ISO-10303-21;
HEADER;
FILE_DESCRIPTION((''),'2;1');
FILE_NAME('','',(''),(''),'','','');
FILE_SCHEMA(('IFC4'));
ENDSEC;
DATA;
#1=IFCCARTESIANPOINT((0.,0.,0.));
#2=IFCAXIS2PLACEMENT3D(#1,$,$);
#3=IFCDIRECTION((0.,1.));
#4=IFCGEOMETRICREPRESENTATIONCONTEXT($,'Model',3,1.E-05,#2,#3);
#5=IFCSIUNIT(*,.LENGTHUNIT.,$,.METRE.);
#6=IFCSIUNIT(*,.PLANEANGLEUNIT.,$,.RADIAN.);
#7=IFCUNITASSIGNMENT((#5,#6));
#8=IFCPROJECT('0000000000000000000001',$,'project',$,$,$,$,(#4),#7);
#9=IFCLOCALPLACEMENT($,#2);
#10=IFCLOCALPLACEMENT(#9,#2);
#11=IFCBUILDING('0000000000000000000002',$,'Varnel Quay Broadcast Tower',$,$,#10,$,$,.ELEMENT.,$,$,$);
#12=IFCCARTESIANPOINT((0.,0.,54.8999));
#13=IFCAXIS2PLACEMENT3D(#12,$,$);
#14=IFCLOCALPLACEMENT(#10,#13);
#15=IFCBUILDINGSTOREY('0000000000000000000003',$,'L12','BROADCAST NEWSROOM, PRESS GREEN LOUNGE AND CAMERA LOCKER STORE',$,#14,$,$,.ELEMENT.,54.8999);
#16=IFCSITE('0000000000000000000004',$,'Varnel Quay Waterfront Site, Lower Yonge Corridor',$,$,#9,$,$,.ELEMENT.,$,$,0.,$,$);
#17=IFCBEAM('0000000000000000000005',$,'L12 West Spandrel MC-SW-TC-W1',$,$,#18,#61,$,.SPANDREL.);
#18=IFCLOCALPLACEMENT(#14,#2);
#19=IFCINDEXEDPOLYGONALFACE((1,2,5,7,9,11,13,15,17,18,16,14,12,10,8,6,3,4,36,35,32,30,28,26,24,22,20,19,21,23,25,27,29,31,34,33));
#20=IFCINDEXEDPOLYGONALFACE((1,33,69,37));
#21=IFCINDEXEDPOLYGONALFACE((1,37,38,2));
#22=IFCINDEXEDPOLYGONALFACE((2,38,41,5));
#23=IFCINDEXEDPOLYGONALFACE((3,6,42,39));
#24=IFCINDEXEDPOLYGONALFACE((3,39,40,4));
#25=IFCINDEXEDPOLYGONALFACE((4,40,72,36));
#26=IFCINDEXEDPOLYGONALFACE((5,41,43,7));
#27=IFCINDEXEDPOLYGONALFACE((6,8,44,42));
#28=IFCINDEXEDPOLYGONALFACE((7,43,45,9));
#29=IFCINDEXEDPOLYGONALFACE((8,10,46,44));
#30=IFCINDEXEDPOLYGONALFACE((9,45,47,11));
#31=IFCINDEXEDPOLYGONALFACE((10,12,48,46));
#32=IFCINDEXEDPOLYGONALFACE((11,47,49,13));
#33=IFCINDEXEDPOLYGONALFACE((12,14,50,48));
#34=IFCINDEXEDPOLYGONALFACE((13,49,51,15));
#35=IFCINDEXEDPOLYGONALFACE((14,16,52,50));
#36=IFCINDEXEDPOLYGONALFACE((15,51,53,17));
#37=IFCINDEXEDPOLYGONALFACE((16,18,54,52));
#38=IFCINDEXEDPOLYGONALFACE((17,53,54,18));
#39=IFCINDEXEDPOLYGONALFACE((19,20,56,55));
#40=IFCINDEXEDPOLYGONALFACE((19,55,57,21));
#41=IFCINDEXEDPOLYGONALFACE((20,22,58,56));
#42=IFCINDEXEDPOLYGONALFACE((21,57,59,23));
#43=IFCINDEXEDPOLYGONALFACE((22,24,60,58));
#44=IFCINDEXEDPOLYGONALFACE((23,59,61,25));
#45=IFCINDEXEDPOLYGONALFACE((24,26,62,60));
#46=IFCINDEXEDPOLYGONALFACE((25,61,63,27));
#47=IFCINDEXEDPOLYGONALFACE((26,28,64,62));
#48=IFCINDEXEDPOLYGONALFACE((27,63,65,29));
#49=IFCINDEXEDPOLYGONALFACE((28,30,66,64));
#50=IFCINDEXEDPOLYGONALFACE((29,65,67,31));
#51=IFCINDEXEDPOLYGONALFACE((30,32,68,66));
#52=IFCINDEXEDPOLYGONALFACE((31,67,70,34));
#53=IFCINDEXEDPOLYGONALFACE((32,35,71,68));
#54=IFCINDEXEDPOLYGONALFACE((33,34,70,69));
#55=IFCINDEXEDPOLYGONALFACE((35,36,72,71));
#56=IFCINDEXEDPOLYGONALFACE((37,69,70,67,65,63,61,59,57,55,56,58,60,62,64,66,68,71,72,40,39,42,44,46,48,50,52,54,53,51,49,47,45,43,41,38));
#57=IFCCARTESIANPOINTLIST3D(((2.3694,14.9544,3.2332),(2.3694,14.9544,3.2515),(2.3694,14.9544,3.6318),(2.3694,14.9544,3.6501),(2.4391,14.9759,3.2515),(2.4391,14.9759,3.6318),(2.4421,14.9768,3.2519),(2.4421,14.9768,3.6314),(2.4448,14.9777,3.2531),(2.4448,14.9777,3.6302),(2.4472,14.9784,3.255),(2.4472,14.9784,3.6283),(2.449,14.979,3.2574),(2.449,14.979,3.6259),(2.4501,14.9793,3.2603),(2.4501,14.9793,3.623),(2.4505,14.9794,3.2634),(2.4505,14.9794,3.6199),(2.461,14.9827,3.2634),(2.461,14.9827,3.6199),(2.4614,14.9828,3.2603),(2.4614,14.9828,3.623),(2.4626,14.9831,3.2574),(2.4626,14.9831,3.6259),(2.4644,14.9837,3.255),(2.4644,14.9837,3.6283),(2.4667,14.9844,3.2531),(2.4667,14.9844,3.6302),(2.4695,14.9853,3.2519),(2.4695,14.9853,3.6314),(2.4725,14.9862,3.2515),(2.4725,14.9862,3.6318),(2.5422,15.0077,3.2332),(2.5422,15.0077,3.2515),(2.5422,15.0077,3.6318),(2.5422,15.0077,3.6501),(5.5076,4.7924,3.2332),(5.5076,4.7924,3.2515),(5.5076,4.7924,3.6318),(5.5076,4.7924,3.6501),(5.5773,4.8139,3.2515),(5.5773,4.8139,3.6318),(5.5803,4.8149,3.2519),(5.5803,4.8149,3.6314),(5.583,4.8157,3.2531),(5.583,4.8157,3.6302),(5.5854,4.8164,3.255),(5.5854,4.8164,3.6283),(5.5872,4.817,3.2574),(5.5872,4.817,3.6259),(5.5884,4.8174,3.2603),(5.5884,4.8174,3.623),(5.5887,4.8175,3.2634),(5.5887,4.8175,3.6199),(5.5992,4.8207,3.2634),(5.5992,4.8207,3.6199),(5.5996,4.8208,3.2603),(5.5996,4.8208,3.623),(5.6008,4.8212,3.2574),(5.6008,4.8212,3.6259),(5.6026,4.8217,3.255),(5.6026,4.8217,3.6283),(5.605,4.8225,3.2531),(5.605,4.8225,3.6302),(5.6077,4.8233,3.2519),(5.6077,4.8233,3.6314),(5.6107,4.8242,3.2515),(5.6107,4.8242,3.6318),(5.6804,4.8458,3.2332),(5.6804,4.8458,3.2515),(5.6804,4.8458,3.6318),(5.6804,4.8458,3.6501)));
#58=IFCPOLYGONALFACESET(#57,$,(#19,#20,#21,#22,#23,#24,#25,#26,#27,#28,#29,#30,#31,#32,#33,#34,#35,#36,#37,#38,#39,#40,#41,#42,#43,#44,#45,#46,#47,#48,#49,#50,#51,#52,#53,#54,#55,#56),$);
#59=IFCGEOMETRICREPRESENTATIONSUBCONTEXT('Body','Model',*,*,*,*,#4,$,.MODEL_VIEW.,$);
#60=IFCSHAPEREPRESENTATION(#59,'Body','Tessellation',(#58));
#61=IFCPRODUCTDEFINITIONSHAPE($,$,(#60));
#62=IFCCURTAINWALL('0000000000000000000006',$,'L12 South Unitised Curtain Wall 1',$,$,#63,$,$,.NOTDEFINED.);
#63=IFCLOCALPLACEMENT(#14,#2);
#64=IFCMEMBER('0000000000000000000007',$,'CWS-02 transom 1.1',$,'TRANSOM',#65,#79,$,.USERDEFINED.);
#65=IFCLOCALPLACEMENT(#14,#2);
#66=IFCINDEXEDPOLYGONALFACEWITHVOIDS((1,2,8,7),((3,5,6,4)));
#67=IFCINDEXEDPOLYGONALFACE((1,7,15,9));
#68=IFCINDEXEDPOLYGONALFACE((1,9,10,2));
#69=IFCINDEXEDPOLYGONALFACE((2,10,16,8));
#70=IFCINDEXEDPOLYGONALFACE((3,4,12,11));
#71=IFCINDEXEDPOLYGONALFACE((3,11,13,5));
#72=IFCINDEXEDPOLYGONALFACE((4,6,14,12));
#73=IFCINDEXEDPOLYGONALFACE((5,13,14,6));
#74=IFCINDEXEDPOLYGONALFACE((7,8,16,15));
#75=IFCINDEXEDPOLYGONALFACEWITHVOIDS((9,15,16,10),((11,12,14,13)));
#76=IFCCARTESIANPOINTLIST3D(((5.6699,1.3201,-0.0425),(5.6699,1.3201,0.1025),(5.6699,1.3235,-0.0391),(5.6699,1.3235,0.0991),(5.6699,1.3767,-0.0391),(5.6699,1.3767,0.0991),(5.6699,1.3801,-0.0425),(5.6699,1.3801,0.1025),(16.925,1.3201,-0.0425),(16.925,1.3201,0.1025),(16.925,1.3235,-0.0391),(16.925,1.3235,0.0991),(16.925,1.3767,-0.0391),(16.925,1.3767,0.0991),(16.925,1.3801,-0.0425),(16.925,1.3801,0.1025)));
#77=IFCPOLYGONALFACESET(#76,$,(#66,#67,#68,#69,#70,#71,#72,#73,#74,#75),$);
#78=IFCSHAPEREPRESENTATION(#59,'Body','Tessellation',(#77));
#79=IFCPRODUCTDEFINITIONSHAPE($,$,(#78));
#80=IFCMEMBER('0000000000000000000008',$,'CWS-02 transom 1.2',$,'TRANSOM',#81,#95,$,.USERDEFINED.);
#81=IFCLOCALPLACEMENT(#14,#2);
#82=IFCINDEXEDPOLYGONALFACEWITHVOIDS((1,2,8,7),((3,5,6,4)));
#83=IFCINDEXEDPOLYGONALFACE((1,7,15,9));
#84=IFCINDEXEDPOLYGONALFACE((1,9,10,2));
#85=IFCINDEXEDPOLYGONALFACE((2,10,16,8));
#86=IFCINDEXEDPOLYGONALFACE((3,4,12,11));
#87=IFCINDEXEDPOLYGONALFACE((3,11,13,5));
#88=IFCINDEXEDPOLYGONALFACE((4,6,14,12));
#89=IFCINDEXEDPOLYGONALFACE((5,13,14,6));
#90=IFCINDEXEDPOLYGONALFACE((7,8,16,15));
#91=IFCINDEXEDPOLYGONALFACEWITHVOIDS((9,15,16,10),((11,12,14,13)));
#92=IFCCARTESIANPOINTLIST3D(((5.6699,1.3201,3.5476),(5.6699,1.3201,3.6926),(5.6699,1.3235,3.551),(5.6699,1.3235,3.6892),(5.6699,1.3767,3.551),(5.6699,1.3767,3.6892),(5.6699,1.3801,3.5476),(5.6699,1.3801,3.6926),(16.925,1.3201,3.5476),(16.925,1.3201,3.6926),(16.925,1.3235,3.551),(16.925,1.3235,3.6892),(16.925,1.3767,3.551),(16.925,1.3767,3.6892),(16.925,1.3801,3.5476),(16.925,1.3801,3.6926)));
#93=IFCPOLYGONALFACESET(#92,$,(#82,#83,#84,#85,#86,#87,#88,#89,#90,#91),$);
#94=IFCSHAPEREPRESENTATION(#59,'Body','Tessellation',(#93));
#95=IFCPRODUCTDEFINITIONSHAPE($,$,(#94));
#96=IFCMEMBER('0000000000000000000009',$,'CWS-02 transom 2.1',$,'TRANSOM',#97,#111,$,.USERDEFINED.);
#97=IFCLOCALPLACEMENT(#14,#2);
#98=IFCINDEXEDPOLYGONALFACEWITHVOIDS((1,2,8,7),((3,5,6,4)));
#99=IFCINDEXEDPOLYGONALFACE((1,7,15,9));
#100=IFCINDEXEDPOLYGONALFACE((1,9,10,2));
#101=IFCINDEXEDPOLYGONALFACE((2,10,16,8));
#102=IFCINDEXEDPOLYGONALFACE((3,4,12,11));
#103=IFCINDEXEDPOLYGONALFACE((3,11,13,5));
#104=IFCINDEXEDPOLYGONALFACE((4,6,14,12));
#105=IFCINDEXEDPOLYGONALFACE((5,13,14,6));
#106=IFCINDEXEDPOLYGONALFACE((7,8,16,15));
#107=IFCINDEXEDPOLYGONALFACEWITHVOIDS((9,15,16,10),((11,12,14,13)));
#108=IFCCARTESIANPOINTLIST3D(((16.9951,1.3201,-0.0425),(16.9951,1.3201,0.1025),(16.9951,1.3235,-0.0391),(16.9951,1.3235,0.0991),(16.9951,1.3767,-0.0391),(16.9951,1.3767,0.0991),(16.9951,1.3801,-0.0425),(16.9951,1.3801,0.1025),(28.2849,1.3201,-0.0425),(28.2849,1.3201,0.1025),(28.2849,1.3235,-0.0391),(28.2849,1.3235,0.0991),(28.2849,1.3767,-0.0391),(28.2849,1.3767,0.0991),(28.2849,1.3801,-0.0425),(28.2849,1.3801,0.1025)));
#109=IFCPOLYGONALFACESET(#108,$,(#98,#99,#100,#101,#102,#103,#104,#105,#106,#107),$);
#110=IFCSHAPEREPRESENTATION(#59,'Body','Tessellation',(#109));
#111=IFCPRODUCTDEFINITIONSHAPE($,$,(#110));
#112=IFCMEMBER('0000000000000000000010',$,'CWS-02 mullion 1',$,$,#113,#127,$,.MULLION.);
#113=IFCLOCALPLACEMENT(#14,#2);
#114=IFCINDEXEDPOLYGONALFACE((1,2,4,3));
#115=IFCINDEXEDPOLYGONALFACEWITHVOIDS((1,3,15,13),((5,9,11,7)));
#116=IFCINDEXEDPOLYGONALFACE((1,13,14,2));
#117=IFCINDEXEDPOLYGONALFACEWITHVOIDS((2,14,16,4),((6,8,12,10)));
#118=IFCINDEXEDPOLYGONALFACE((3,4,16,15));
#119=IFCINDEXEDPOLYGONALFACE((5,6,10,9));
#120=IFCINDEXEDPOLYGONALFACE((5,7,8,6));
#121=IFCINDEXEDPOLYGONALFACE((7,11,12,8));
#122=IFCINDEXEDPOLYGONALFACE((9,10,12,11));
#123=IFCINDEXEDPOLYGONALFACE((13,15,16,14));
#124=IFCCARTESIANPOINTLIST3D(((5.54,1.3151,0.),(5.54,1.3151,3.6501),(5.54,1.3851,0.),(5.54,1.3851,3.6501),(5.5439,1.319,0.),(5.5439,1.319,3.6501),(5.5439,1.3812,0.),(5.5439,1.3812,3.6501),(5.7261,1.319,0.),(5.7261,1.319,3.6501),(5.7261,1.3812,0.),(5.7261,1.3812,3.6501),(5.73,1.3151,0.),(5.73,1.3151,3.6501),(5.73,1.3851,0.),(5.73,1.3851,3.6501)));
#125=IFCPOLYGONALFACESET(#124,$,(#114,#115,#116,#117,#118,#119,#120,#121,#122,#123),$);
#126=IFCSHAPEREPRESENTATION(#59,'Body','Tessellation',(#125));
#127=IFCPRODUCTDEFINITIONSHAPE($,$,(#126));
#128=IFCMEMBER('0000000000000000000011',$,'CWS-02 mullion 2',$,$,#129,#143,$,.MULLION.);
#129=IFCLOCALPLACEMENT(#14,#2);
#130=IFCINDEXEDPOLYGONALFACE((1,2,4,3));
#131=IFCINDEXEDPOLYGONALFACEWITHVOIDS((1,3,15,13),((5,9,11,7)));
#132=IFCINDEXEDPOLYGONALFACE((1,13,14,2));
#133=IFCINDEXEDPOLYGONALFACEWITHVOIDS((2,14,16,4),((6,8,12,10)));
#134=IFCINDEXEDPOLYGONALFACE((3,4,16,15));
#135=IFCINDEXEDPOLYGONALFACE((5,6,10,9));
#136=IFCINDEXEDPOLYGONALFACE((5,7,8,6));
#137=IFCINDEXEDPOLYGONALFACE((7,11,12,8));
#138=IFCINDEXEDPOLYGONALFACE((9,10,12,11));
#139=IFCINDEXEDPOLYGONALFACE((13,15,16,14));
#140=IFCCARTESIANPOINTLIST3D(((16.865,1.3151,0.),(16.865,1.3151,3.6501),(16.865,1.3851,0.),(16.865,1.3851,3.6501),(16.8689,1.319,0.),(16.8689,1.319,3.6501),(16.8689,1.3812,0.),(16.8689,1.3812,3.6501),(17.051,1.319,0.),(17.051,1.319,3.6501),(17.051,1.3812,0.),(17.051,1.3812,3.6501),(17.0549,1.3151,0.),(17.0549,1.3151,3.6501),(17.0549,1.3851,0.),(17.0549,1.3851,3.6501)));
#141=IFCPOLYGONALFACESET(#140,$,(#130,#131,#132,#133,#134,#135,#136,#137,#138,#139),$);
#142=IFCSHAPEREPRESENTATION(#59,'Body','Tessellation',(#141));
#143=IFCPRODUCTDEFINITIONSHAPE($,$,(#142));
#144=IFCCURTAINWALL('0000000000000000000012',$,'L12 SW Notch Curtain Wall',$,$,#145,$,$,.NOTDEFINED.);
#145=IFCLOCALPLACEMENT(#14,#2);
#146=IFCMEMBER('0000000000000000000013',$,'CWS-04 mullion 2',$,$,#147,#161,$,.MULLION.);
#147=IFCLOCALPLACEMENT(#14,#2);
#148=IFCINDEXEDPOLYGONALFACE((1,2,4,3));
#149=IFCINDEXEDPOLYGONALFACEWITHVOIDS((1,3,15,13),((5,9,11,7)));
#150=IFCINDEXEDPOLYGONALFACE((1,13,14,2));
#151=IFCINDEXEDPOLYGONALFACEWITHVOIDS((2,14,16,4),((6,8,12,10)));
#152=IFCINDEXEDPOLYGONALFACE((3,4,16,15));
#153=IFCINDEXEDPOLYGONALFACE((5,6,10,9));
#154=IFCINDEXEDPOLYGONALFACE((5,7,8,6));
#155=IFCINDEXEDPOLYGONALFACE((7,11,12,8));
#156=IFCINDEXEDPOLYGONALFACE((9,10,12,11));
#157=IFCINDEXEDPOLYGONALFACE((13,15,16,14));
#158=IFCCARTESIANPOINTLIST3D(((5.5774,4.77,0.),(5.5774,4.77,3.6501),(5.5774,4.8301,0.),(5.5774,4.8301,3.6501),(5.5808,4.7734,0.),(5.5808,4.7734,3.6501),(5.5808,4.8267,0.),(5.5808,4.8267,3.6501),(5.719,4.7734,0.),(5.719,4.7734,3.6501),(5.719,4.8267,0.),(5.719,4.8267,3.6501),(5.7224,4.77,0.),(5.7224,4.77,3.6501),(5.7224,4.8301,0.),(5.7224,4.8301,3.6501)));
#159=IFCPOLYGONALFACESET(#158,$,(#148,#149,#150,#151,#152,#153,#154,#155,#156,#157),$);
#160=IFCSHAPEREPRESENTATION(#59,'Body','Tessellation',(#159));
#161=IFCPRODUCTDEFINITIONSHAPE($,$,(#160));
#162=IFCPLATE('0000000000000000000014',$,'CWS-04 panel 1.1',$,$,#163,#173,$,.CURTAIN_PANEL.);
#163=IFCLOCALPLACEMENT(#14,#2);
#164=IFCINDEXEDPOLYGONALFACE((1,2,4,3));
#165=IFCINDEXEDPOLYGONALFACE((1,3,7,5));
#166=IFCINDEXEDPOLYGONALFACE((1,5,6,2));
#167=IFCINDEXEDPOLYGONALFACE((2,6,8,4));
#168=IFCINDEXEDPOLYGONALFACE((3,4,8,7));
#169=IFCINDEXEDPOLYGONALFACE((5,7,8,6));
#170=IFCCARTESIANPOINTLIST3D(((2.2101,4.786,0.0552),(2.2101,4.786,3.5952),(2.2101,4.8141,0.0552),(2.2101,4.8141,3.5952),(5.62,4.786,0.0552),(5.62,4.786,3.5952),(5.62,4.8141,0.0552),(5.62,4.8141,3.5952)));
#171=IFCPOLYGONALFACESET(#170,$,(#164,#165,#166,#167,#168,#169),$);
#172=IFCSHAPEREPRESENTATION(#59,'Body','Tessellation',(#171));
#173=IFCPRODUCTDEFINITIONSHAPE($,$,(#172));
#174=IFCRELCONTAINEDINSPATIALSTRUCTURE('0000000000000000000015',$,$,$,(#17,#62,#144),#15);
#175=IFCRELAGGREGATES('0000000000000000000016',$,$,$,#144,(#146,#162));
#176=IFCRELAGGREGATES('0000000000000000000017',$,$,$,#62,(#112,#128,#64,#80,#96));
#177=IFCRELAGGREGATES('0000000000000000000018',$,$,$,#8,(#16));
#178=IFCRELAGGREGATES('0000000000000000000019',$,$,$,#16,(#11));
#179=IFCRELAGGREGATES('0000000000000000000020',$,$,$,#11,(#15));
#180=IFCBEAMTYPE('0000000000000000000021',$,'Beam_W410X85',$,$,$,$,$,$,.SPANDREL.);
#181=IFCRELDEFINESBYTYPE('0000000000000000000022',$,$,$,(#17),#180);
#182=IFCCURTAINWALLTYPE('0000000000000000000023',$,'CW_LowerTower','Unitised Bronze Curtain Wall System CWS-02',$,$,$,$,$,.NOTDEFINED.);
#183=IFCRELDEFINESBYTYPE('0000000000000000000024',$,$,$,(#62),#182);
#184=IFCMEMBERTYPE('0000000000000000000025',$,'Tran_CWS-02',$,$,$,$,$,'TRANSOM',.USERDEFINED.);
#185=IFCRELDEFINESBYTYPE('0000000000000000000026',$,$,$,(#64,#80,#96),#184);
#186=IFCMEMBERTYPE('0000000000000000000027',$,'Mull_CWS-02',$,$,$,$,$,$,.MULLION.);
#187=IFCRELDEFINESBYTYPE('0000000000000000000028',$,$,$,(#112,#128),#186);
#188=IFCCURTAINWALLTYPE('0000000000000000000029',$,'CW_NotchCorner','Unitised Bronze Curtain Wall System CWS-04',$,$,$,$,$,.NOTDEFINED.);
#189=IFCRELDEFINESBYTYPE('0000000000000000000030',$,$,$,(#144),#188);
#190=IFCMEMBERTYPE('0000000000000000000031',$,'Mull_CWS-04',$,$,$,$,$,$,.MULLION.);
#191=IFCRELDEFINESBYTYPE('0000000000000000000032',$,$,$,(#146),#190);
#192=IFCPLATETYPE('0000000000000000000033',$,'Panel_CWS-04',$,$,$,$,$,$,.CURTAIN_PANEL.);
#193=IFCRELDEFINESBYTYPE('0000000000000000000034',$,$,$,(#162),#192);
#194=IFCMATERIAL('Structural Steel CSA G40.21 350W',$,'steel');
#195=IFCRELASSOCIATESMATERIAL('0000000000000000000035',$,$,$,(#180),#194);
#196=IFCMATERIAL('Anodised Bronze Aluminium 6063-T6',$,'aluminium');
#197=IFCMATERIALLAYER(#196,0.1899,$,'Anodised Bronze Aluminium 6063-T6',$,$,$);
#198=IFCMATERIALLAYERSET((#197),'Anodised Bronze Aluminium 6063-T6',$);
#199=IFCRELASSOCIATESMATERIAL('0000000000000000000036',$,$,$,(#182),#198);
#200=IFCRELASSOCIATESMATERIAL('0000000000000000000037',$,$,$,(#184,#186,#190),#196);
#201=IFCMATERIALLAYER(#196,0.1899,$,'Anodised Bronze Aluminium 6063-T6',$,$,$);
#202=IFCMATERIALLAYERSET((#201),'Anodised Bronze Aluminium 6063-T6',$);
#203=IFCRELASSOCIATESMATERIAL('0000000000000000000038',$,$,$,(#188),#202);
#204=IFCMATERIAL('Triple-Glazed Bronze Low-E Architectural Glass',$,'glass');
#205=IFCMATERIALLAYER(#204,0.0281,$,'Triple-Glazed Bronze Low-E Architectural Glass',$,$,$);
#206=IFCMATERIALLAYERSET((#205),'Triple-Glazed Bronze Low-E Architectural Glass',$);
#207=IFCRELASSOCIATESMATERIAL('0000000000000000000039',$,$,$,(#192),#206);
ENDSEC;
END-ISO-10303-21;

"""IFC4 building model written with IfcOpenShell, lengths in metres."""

from ifc_helpers import new_model, si_unit, direction, frame, origin, origin_2d, place, context, subcontext, project, spatial, rectangle, hollow_rectangle, i_section, extrude, source, transform, mapped, material, layer, layer_set, material_profile, profile_set, type_object, type_shapes, element, aggregate, save


model = new_model("IFC4")

# Units and contexts
model_context = context("Model", 3, precision=1e-05, world=origin(), true_north=direction((0.0, 1.0)))
body_context = subcontext(model_context, "Body", "Model", "MODEL_VIEW")
ifc_project = project(units=[si_unit("LENGTHUNIT", "METRE"), si_unit("PLANEANGLEUNIT", "RADIAN")], contexts=[model_context])

# Site, building, storey
site_placement = place(None, origin())
site = spatial("IfcSite", under=ifc_project, at=site_placement, Name="Varnel Quay Waterfront Site, Lower Yonge Corridor", CompositionType="ELEMENT", RefElevation=0.0)
building_placement = place(site_placement, origin())
building = spatial("IfcBuilding", under=site, at=building_placement, Name="Varnel Quay Broadcast Tower", CompositionType="ELEMENT")
storey_placement = place(building_placement, frame((0.0, 0.0, 54.8999)))
storey = spatial("IfcBuildingStorey", under=building, at=storey_placement, Name="L12", Description="BROADCAST NEWSROOM, PRESS GREEN LOUNGE AND CAMERA LOCKER STORE", CompositionType="ELEMENT", Elevation=54.8999)

# Shared definitions
ifc_material_1 = material(Name="Structural Steel CSA G40.21 350W", Category="steel")

# Beam
ifc_material_profile_1 = material_profile(ifc_material_1, i_section(OverallWidth=0.1809, OverallDepth=0.417, WebThickness=0.011, FlangeThickness=0.0183, FilletRadius=0.012, at=origin_2d()), Name="W410X85")
ifc_profile_set_1 = profile_set([ifc_material_profile_1], Name="Structural Steel CSA G40.21 350W")
beam_type = type_object("IfcBeamType", Name="Beam_W410X85", PredefinedType="SPANDREL", material=ifc_profile_set_1)
shared_shape_1 = source(origin(), body_context, "Body", "SweptSolid", [
    extrude(i_section(OverallWidth=0.1809, OverallDepth=0.417, WebThickness=0.011, FlangeThickness=0.0183, FilletRadius=0.012, at=origin_2d()), origin(), (0.0, 0.0, 1.0), 10.6355),
])
beam_1_placement = place(storey_placement, frame((5.594, 4.8191, 3.4417), z_axis=(-0.29507, 0.955476, 0.0), x_axis=(-0.955476, -0.29507, 0.0)))
element("IfcBeam", 1, at=beam_1_placement, inside=storey, type_object=beam_type, Name="L12 West Spandrel MC-SW-TC-W1", PredefinedType="SPANDREL", context=body_context, shape_type="MappedRepresentation", body=[
    mapped(shared_shape_1, transform((0.0, 0.0, 0.0), x_axis=(1.0, 0.0, 0.0), y_axis=(0.0, 1.0, 0.0), z_axis=(0.0, 0.0, 1.0), scale=1.0)),
])

# Curtain wall, members
ifc_material_2 = material(Name="Anodised Bronze Aluminium 6063-T6", Category="aluminium")
ifc_layer_1 = layer(ifc_material_2, 0.1899, Name="Anodised Bronze Aluminium 6063-T6")
ifc_layer_set_1 = layer_set([ifc_layer_1], Name="Anodised Bronze Aluminium 6063-T6")
curtain_wall_type_1 = type_object("IfcCurtainWallType", Name="CW_LowerTower", Description="Unitised Bronze Curtain Wall System CWS-02", PredefinedType="NOTDEFINED", material=ifc_layer_set_1)
curtain_wall_1_placement = place(storey_placement, origin())
curtain_wall_1 = element("IfcCurtainWall", 2, at=curtain_wall_1_placement, inside=storey, type_object=curtain_wall_type_1, Name="L12 South Unitised Curtain Wall 1", PredefinedType="NOTDEFINED")
ifc_material_profile_2 = material_profile(ifc_material_2, hollow_rectangle(XDim=0.0601, YDim=0.145, WallThickness=0.0034, at=origin_2d()), Name="ALU60X145X3.5")
ifc_profile_set_2 = profile_set([ifc_material_profile_2], Name="Anodised Bronze Aluminium 6063-T6")
member_type_1 = type_object("IfcMemberType", Name="Tran_CWS-02", ElementType="TRANSOM", PredefinedType="USERDEFINED", material=ifc_profile_set_2)
shared_shape_2 = source(origin(), body_context, "Body", "SweptSolid", [
    extrude(hollow_rectangle(XDim=0.0601, YDim=0.145, WallThickness=0.0034, at=origin_2d()), origin(), (0.0, 0.0, 1.0), 11.2551),
])
member_1_placement = place(storey_placement, frame((5.6699, 1.3501, 0.03), z_axis=(1.0, 0.0, 0.0), x_axis=(0.0, 1.0, 0.0)))
member_1 = element("IfcMember", 3, at=member_1_placement, type_object=member_type_1, Name="CWS-02 transom 1.1", ObjectType="TRANSOM", PredefinedType="USERDEFINED", context=body_context, shape_type="MappedRepresentation", body=[
    mapped(shared_shape_2, transform((0.0, 0.0, 0.0), x_axis=(1.0, 0.0, 0.0), y_axis=(0.0, 1.0, 0.0), z_axis=(0.0, 0.0, 1.0), scale=1.0)),
])
member_2_placement = place(storey_placement, frame((5.6699, 1.3501, 3.6201), z_axis=(1.0, 0.0, 0.0), x_axis=(0.0, 1.0, 0.0)))
member_2 = element("IfcMember", 4, at=member_2_placement, type_object=member_type_1, Name="CWS-02 transom 1.2", ObjectType="TRANSOM", PredefinedType="USERDEFINED", context=body_context, shape_type="MappedRepresentation", body=[
    mapped(shared_shape_2, transform((0.0, 0.0, 0.0), x_axis=(1.0, 0.0, 0.0), y_axis=(0.0, 1.0, 0.0), z_axis=(0.0, 0.0, 1.0), scale=1.0)),
])
shared_shape_3 = source(origin(), body_context, "Body", "SweptSolid", [
    extrude(hollow_rectangle(XDim=0.0601, YDim=0.145, WallThickness=0.0034, at=origin_2d()), origin(), (0.0, 0.0, 1.0), 11.2898),
])
type_shapes(member_type_1, [shared_shape_2, shared_shape_3])
member_3_placement = place(storey_placement, frame((16.9951, 1.3501, 0.03), z_axis=(1.0, 0.0, 0.0), x_axis=(0.0, 1.0, 0.0)))
member_3 = element("IfcMember", 5, at=member_3_placement, type_object=member_type_1, Name="CWS-02 transom 2.1", ObjectType="TRANSOM", PredefinedType="USERDEFINED", context=body_context, shape_type="MappedRepresentation", body=[
    mapped(shared_shape_3, transform((0.0, 0.0, 0.0), x_axis=(1.0, 0.0, 0.0), y_axis=(0.0, 1.0, 0.0), z_axis=(0.0, 0.0, 1.0), scale=1.0)),
])
ifc_material_profile_3 = material_profile(ifc_material_2, hollow_rectangle(XDim=0.0701, YDim=0.1899, WallThickness=0.0039, at=origin_2d()), Name="ALU70X190X4")
ifc_profile_set_3 = profile_set([ifc_material_profile_3], Name="Anodised Bronze Aluminium 6063-T6")
member_type_2 = type_object("IfcMemberType", Name="Mull_CWS-02", PredefinedType="MULLION", material=ifc_profile_set_3)
shared_shape_4 = source(origin(), body_context, "Body", "SweptSolid", [
    extrude(hollow_rectangle(XDim=0.0701, YDim=0.1899, WallThickness=0.0039, at=origin_2d()), origin(), (0.0, 0.0, 1.0), 3.6501),
])
type_shapes(member_type_2, [shared_shape_4])
member_4_placement = place(storey_placement, frame((5.635, 1.3501, 0.0), z_axis=(0.0, 0.0, 1.0), x_axis=(0.0, 1.0, 0.0)))
member_4 = element("IfcMember", 6, at=member_4_placement, type_object=member_type_2, Name="CWS-02 mullion 1", PredefinedType="MULLION", context=body_context, shape_type="MappedRepresentation", body=[
    mapped(shared_shape_4, transform((0.0, 0.0, 0.0), x_axis=(1.0, 0.0, 0.0), y_axis=(0.0, 1.0, 0.0), z_axis=(0.0, 0.0, 1.0), scale=1.0)),
])
member_5_placement = place(storey_placement, frame((16.96, 1.3501, 0.0), z_axis=(0.0, 0.0, 1.0), x_axis=(0.0, 1.0, 0.0)))
member_5 = element("IfcMember", 7, at=member_5_placement, type_object=member_type_2, Name="CWS-02 mullion 2", PredefinedType="MULLION", context=body_context, shape_type="MappedRepresentation", body=[
    mapped(shared_shape_4, transform((0.0, 0.0, 0.0), x_axis=(1.0, 0.0, 0.0), y_axis=(0.0, 1.0, 0.0), z_axis=(0.0, 0.0, 1.0), scale=1.0)),
])

# Curtain wall, member, plate
ifc_layer_2 = layer(ifc_material_2, 0.1899, Name="Anodised Bronze Aluminium 6063-T6")
ifc_layer_set_2 = layer_set([ifc_layer_2], Name="Anodised Bronze Aluminium 6063-T6")
curtain_wall_type_2 = type_object("IfcCurtainWallType", Name="CW_NotchCorner", Description="Unitised Bronze Curtain Wall System CWS-04", PredefinedType="NOTDEFINED", material=ifc_layer_set_2)
curtain_wall_2_placement = place(storey_placement, origin())
curtain_wall_2 = element("IfcCurtainWall", 8, at=curtain_wall_2_placement, inside=storey, type_object=curtain_wall_type_2, Name="L12 SW Notch Curtain Wall", PredefinedType="NOTDEFINED")
ifc_material_profile_4 = material_profile(ifc_material_2, hollow_rectangle(XDim=0.0601, YDim=0.145, WallThickness=0.0034, at=origin_2d()), Name="ALU60X145X3.5")
ifc_profile_set_4 = profile_set([ifc_material_profile_4], Name="Anodised Bronze Aluminium 6063-T6")
member_type_3 = type_object("IfcMemberType", Name="Mull_CWS-04", PredefinedType="MULLION", material=ifc_profile_set_4)
shared_shape_5 = source(origin(), body_context, "Body", "SweptSolid", [
    extrude(hollow_rectangle(XDim=0.0601, YDim=0.145, WallThickness=0.0034, at=origin_2d()), origin(), (0.0, 0.0, 1.0), 3.6501),
])
type_shapes(member_type_3, [shared_shape_5])
member_6_placement = place(storey_placement, frame((5.6499, 4.8, 0.0), z_axis=(0.0, 0.0, 1.0), x_axis=(0.0, 1.0, 0.0)))
member_6 = element("IfcMember", 9, at=member_6_placement, type_object=member_type_3, Name="CWS-04 mullion 2", PredefinedType="MULLION", context=body_context, shape_type="MappedRepresentation", body=[
    mapped(shared_shape_5, transform((0.0, 0.0, 0.0), x_axis=(1.0, 0.0, 0.0), y_axis=(0.0, 1.0, 0.0), z_axis=(0.0, 0.0, 1.0), scale=1.0)),
])
ifc_material_3 = material(Name="Triple-Glazed Bronze Low-E Architectural Glass", Category="glass")
ifc_layer_3 = layer(ifc_material_3, 0.0281, Name="Triple-Glazed Bronze Low-E Architectural Glass")
ifc_layer_set_3 = layer_set([ifc_layer_3], Name="Triple-Glazed Bronze Low-E Architectural Glass")
plate_type_1 = type_object("IfcPlateType", Name="Panel_CWS-04", PredefinedType="CURTAIN_PANEL", material=ifc_layer_set_3)
shared_shape_6 = source(origin(), body_context, "Body", "SweptSolid", [
    extrude(rectangle(XDim=3.4099, YDim=0.0281, at=origin_2d()), origin(), (0.0, 0.0, 1.0), 3.54),
])
type_shapes(plate_type_1, [shared_shape_6])
plate_1_placement = place(storey_placement, frame((3.915, 4.8, 0.0552), z_axis=(0.0, 0.0, 1.0), x_axis=(1.0, 0.0, 0.0)))
plate_1 = element("IfcPlate", 10, at=plate_1_placement, type_object=plate_type_1, Name="CWS-04 panel 1.1", PredefinedType="CURTAIN_PANEL", context=body_context, shape_type="MappedRepresentation", body=[
    mapped(shared_shape_6, transform((0.0, 0.0, 0.0), x_axis=(1.0, 0.0, 0.0), y_axis=(0.0, 1.0, 0.0), z_axis=(0.0, 0.0, 1.0), scale=1.0)),
])
aggregate(curtain_wall_2, [member_6, plate_1])

aggregate(curtain_wall_1, [member_4, member_5, member_1, member_2, member_3])

save(model, "model.ifc")
